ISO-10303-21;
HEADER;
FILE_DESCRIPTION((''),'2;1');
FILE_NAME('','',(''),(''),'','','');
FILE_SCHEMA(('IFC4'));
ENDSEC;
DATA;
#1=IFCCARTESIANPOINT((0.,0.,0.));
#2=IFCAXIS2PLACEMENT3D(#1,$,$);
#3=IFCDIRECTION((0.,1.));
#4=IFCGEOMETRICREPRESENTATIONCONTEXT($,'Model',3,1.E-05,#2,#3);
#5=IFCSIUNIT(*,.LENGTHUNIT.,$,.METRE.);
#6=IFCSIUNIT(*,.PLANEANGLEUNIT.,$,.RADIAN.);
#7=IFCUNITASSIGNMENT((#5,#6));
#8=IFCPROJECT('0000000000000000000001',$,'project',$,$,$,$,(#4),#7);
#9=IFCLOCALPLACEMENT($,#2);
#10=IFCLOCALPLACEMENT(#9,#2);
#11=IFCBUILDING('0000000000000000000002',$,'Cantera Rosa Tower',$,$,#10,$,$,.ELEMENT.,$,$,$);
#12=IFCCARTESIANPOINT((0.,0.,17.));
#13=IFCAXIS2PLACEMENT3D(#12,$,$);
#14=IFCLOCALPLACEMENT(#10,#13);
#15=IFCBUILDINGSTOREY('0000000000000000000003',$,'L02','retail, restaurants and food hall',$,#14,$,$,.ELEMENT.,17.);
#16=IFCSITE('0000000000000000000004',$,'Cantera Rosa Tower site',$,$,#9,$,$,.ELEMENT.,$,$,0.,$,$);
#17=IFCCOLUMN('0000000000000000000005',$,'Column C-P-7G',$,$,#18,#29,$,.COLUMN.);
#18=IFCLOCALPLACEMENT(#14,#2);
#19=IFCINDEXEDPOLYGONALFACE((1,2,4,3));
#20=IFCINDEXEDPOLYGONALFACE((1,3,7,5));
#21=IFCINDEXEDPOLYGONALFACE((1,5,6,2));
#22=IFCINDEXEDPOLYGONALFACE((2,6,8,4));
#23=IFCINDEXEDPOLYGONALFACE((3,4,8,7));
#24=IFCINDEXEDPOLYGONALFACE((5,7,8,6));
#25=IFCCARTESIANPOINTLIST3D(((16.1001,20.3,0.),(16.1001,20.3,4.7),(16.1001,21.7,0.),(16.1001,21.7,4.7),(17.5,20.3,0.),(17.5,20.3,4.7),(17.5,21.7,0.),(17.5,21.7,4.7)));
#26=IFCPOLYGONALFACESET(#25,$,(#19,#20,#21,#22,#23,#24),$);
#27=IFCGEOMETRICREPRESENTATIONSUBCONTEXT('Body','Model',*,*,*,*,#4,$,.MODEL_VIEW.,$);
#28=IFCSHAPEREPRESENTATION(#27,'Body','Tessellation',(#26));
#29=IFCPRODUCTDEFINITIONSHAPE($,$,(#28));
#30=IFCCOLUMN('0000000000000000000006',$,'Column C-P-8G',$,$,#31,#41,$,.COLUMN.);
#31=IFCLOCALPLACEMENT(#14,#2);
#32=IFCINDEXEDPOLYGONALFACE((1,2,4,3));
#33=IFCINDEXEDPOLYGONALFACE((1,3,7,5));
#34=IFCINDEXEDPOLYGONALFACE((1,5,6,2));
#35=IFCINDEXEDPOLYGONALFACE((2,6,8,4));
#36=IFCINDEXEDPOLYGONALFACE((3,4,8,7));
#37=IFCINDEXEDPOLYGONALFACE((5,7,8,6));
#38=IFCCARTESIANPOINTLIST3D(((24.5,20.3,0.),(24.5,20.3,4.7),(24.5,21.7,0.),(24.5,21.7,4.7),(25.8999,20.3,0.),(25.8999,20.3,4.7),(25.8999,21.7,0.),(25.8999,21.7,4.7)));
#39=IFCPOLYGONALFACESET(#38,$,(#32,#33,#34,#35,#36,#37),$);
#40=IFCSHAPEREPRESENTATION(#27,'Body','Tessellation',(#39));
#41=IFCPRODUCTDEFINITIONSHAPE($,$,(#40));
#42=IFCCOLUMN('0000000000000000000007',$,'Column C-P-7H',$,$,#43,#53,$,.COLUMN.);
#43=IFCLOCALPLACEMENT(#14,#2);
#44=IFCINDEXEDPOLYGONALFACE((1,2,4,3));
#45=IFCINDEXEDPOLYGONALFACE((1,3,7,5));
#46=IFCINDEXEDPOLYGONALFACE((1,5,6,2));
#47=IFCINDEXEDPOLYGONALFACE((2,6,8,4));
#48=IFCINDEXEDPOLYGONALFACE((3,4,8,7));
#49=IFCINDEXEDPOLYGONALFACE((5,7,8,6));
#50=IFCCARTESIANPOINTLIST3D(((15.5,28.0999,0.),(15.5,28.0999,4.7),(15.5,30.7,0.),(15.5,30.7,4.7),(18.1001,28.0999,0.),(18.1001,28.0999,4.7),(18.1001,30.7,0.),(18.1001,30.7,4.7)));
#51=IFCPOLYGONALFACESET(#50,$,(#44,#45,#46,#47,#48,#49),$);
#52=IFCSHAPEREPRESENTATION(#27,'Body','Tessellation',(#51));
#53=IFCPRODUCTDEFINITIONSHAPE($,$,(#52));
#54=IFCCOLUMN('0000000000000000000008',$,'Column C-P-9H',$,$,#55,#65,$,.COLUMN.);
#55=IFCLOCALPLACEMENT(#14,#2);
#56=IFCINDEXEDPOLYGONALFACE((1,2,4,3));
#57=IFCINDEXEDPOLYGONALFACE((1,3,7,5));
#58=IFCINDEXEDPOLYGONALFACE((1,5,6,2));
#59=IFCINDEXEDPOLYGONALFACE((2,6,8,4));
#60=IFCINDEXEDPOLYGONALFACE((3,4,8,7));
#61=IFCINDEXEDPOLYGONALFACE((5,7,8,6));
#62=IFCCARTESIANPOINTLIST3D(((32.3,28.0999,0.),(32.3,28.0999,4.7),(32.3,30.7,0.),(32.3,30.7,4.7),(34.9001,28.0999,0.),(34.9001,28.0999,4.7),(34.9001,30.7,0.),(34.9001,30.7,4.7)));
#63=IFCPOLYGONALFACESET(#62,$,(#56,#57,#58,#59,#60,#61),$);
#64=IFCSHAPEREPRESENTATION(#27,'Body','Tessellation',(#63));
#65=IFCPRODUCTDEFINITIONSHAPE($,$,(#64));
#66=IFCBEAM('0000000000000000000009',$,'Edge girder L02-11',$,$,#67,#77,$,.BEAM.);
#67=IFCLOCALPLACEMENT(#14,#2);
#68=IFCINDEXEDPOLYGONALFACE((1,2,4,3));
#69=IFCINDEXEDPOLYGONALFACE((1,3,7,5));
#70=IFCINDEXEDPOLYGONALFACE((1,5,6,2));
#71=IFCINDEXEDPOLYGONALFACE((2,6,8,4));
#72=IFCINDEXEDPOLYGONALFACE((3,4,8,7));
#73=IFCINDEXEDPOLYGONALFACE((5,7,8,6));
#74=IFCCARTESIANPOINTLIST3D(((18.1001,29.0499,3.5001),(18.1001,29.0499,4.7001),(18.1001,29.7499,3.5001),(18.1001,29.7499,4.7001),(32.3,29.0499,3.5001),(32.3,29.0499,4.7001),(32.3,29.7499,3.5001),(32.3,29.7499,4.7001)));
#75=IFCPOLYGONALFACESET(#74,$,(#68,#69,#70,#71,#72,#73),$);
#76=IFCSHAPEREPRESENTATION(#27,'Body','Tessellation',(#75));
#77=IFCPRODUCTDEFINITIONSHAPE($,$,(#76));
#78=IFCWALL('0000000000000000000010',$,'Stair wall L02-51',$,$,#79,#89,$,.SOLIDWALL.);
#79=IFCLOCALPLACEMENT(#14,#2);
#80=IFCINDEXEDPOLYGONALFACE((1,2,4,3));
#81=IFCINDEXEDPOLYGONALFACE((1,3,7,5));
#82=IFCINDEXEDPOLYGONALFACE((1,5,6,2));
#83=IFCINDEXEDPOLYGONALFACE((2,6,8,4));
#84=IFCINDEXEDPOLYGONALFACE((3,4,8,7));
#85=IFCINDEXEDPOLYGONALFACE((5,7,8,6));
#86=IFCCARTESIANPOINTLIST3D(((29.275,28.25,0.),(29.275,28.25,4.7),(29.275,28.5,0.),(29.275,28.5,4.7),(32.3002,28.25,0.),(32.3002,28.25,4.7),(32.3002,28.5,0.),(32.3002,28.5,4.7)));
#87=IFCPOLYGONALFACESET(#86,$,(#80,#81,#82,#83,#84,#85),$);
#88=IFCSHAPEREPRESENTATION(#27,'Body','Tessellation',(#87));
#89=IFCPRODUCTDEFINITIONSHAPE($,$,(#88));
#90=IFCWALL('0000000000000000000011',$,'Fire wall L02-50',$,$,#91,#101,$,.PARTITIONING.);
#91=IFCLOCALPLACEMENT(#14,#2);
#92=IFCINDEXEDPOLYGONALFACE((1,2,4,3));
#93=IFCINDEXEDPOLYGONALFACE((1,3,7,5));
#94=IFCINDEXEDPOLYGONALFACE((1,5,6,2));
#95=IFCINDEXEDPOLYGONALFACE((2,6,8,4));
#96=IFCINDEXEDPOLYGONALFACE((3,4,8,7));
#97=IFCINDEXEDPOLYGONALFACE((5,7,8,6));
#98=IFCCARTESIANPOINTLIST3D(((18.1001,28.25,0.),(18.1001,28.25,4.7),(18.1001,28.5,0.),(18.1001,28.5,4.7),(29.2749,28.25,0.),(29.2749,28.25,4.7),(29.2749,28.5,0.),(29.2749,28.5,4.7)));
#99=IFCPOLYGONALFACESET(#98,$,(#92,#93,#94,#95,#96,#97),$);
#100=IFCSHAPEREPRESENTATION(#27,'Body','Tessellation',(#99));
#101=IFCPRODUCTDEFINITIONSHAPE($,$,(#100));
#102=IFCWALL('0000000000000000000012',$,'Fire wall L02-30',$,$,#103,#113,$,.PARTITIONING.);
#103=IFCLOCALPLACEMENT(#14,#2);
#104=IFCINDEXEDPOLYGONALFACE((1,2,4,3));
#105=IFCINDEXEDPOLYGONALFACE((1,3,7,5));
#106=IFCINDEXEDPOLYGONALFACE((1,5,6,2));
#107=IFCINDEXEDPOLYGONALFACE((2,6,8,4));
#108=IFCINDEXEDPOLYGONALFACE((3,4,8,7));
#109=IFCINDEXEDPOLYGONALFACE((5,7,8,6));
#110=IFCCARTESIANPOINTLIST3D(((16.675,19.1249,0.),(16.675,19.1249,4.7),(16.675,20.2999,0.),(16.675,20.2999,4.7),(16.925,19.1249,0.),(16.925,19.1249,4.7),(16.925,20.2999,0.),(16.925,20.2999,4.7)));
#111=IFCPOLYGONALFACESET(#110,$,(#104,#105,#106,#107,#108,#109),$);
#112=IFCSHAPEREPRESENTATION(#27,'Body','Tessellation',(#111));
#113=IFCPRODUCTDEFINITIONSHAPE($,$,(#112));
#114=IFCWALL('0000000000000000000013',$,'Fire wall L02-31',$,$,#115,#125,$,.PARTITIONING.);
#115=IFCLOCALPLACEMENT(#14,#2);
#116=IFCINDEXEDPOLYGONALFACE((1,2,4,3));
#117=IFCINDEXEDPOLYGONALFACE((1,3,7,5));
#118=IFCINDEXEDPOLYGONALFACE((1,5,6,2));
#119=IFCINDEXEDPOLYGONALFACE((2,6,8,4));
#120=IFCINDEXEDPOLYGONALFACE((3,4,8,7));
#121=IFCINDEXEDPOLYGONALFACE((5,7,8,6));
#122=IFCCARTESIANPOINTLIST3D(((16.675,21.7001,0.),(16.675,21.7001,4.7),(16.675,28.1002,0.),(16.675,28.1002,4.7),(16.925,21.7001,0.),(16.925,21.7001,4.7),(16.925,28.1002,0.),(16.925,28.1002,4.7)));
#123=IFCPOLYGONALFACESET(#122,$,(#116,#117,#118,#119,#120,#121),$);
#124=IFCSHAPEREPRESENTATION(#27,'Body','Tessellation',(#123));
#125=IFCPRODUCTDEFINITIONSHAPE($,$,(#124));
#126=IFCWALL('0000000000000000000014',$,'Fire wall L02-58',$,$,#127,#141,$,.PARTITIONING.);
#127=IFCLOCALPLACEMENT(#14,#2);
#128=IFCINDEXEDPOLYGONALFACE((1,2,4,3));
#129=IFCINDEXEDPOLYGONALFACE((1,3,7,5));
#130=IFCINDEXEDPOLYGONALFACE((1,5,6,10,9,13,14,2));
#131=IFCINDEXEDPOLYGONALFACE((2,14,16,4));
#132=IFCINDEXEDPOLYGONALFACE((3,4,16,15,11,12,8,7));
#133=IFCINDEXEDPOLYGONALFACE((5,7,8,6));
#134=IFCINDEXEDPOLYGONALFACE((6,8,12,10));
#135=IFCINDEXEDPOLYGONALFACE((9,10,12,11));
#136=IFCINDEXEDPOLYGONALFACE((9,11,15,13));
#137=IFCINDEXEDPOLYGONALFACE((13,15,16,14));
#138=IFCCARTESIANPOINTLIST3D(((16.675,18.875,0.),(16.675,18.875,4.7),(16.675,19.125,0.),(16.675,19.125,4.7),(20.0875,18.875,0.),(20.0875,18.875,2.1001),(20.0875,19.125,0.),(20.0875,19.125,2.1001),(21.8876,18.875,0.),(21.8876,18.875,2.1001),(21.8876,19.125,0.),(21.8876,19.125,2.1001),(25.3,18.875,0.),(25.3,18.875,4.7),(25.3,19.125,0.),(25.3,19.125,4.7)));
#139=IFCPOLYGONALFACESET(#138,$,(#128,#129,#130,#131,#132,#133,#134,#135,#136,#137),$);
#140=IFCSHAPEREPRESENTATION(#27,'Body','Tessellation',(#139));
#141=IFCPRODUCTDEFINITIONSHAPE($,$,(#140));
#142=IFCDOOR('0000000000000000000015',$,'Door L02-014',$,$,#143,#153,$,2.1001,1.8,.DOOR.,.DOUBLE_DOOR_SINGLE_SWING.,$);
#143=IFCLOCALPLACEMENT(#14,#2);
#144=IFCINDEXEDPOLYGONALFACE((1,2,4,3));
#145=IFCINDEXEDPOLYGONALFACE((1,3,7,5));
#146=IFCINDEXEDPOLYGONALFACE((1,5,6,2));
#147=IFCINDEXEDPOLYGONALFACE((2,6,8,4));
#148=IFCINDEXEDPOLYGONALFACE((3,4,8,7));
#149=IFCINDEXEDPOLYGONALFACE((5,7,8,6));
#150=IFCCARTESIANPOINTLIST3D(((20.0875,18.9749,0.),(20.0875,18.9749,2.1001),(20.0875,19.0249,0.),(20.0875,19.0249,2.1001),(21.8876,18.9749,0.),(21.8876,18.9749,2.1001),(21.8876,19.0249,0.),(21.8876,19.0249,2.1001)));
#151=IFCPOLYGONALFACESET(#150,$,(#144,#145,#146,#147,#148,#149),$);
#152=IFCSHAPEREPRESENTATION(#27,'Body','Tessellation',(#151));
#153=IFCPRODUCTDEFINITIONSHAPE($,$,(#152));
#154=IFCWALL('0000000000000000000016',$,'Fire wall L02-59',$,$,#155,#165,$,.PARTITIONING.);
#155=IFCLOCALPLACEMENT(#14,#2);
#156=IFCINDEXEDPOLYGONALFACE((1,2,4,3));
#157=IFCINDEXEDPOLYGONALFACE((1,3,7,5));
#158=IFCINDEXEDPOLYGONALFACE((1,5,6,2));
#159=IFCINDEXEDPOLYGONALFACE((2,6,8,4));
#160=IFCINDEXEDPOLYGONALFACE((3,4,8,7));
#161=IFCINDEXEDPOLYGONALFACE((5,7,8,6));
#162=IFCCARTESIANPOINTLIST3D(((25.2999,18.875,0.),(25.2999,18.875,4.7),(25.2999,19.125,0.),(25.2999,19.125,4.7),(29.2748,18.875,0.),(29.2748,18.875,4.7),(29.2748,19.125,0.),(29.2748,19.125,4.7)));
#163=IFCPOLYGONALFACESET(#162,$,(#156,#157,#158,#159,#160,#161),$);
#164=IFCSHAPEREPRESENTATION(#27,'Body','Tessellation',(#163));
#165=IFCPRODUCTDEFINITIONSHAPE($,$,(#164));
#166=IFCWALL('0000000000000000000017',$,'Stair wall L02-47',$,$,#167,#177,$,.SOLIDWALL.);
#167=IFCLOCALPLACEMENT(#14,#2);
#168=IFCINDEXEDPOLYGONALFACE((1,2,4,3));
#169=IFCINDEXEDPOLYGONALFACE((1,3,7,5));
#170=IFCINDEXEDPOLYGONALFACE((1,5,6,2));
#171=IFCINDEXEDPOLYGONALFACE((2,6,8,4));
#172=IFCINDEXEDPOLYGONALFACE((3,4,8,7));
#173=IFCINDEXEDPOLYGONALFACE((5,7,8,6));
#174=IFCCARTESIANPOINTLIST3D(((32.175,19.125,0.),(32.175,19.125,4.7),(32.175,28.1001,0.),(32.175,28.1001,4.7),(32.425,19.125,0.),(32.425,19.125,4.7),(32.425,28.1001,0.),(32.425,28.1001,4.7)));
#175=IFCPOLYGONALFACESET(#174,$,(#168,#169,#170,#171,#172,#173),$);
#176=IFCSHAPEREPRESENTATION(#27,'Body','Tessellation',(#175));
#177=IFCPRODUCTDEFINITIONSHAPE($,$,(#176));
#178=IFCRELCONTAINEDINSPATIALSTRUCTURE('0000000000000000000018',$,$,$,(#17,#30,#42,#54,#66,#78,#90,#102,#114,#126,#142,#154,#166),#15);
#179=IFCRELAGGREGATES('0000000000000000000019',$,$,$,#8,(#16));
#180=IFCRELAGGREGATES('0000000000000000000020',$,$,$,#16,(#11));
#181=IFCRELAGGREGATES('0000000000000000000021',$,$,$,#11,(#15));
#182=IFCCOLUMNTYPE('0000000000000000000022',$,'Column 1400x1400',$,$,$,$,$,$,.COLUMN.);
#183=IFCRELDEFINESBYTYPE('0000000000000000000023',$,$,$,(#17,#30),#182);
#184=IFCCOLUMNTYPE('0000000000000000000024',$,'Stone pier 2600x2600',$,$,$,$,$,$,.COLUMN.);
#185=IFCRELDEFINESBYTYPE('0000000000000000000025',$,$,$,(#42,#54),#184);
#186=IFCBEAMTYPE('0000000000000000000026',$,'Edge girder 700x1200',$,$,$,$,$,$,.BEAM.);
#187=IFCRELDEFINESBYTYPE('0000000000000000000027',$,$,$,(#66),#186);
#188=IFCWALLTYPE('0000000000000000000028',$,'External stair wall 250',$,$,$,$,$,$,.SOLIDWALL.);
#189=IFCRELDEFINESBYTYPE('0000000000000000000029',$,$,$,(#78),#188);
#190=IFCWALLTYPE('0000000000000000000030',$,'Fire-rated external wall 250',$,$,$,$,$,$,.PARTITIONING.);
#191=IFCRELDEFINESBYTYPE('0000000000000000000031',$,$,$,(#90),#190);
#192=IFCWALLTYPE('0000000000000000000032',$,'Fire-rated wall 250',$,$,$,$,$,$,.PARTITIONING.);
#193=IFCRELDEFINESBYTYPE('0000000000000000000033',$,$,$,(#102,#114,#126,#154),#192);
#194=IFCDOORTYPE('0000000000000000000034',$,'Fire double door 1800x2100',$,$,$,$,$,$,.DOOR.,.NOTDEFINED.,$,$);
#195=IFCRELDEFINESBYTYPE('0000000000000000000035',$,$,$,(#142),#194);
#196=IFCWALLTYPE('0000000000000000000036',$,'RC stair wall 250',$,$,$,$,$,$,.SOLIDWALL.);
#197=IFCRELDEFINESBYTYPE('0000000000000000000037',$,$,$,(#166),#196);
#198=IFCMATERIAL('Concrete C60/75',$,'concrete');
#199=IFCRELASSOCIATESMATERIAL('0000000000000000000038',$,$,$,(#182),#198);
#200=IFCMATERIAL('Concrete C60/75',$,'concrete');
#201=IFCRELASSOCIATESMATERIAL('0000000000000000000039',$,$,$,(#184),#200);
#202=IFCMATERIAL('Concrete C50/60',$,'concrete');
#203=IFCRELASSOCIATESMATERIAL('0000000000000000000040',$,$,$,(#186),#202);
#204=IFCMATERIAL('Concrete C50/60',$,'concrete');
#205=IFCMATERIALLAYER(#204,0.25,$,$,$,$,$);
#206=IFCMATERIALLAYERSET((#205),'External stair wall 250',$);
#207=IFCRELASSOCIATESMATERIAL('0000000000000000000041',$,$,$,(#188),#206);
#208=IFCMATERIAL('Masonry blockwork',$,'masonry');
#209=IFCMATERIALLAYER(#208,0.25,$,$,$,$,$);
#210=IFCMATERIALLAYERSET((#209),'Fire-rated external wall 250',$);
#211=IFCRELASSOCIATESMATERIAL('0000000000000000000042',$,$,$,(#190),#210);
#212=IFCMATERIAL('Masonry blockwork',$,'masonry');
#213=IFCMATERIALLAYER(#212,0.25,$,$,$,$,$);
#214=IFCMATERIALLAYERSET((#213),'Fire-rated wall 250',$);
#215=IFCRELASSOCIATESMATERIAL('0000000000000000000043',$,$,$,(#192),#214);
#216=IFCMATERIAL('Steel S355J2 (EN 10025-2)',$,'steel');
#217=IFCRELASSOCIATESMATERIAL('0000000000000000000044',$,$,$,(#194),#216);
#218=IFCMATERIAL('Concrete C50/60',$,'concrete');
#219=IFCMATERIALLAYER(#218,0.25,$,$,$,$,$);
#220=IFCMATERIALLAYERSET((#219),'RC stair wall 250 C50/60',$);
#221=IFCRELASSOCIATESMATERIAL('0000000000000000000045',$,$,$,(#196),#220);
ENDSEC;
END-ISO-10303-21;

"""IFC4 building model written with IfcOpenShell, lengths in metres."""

from ifc_helpers import new_model, si_unit, direction, frame, frame_2d, origin, origin_2d, place, context, subcontext, project, spatial, rectangle, extrude, material, layer, layer_set, material_profile, profile_set, type_object, element, fill, save


model = new_model("IFC4")

# Units and contexts
model_context = context("Model", 3, precision=1e-05, world=origin(), true_north=direction((0.0, 1.0)))
body_context = subcontext(model_context, "Body", "Model", "MODEL_VIEW")
ifc_project = project(units=[si_unit("LENGTHUNIT", "METRE"), si_unit("PLANEANGLEUNIT", "RADIAN")], contexts=[model_context])

# Site, building, storey
site_placement = place(None, origin())
site = spatial("IfcSite", under=ifc_project, at=site_placement, Name="Cantera Rosa Tower site", CompositionType="ELEMENT", RefElevation=0.0)
building_placement = place(site_placement, origin())
building = spatial("IfcBuilding", under=site, at=building_placement, Name="Cantera Rosa Tower", CompositionType="ELEMENT")
storey_placement = place(building_placement, frame((0.0, 0.0, 17.0)))
storey = spatial("IfcBuildingStorey", under=building, at=storey_placement, Name="L02", Description="retail, restaurants and food hall", CompositionType="ELEMENT", Elevation=17.0)

# Columns
ifc_material_1 = material(Name="Concrete C60/75", Category="concrete")
ifc_material_profile_1 = material_profile(ifc_material_1, rectangle(XDim=1.3999, YDim=1.3999, at=origin_2d()), Name="Column 1400x1400")
ifc_profile_set_1 = profile_set([ifc_material_profile_1], Name="Concrete C60/75")
column_type_1 = type_object("IfcColumnType", Name="Column 1400x1400", PredefinedType="COLUMN", material=ifc_profile_set_1)
for number, where, z_axis, x_axis, name in (
    (1, (16.8, 21.0, 0.0), (0.0, 0.0, 1.0), (1.0, 0.0, 0.0), "Column C-P-7G"),
    (2, (25.2, 21.0, 0.0), (0.0, 0.0, 1.0), (1.0, 0.0, 0.0), "Column C-P-8G"),
):
    element("IfcColumn", number, at=place(storey_placement, frame(where, z_axis=z_axis, x_axis=x_axis)), inside=storey, type_object=column_type_1, Name=name, PredefinedType="COLUMN", context=body_context, shape_type="SweptSolid", body=[
        extrude(rectangle(XDim=1.3999, YDim=1.3999, at=origin_2d()), origin(), (0.0, 0.0, 1.0), 4.7),
    ])
ifc_material_2 = material(Name="Concrete C60/75", Category="concrete")
ifc_material_profile_2 = material_profile(ifc_material_2, rectangle(XDim=2.6001, YDim=2.6001, at=origin_2d()), Name="Stone pier 2600x2600")
ifc_profile_set_2 = profile_set([ifc_material_profile_2], Name="Concrete C60/75")
column_type_2 = type_object("IfcColumnType", Name="Stone pier 2600x2600", PredefinedType="COLUMN", material=ifc_profile_set_2)
for number, where, z_axis, x_axis, name in (
    (3, (16.8, 29.3999, 0.0), (0.0, 0.0, 1.0), (1.0, 0.0, 0.0), "Column C-P-7H"),
    (4, (33.6001, 29.3999, 0.0), (0.0, 0.0, 1.0), (1.0, 0.0, 0.0), "Column C-P-9H"),
):
    element("IfcColumn", number, at=place(storey_placement, frame(where, z_axis=z_axis, x_axis=x_axis)), inside=storey, type_object=column_type_2, Name=name, PredefinedType="COLUMN", context=body_context, shape_type="SweptSolid", body=[
        extrude(rectangle(XDim=2.6001, YDim=2.6001, at=origin_2d()), origin(), (0.0, 0.0, 1.0), 4.7),
    ])

# Beam
ifc_material_3 = material(Name="Concrete C50/60", Category="concrete")
ifc_material_profile_3 = material_profile(ifc_material_3, rectangle(XDim=0.7, YDim=1.2, at=origin_2d()), Name="Edge girder 700x1200")
ifc_profile_set_3 = profile_set([ifc_material_profile_3], Name="Concrete C50/60")
beam_type = type_object("IfcBeamType", Name="Edge girder 700x1200", PredefinedType="BEAM", material=ifc_profile_set_3)
beam_placement = place(storey_placement, frame((18.1001, 29.3999, 4.1001), z_axis=(1.0, 0.0, 0.0), x_axis=(0.0, 1.0, 0.0)))
element("IfcBeam", 5, at=beam_placement, inside=storey, type_object=beam_type, Name="Edge girder L02-11", PredefinedType="BEAM", context=body_context, shape_type="SweptSolid", body=[
    extrude(rectangle(XDim=0.7, YDim=1.2, at=origin_2d()), origin(), (0.0, 0.0, 1.0), 14.2),
])

# Walls
ifc_material_4 = material(Name="Concrete C50/60", Category="concrete")
ifc_layer_1 = layer(ifc_material_4, 0.25)
ifc_layer_set_1 = layer_set([ifc_layer_1], Name="External stair wall 250")
wall_type_1 = type_object("IfcWallType", Name="External stair wall 250", PredefinedType="SOLIDWALL", material=ifc_layer_set_1)
wall_1_placement = place(storey_placement, frame((29.2749, 28.375, 0.0), z_axis=(0.0, 0.0, 1.0), x_axis=(1.0, 0.0, 0.0)))
element("IfcWall", 6, at=wall_1_placement, inside=storey, type_object=wall_type_1, Name="Stair wall L02-51", PredefinedType="SOLIDWALL", context=body_context, shape_type="SweptSolid", body=[
    extrude(rectangle(XDim=3.0251, YDim=0.25, at=frame_2d((1.5127, 0.0))), origin(), (0.0, 0.0, 1.0), 4.7),
])
ifc_material_5 = material(Name="Masonry blockwork", Category="masonry")
ifc_layer_2 = layer(ifc_material_5, 0.25)
ifc_layer_set_2 = layer_set([ifc_layer_2], Name="Fire-rated external wall 250")
wall_type_2 = type_object("IfcWallType", Name="Fire-rated external wall 250", PredefinedType="PARTITIONING", material=ifc_layer_set_2)
wall_2_placement = place(storey_placement, frame((18.1001, 28.375, 0.0), z_axis=(0.0, 0.0, 1.0), x_axis=(1.0, 0.0, 0.0)))
element("IfcWall", 7, at=wall_2_placement, inside=storey, type_object=wall_type_2, Name="Fire wall L02-50", PredefinedType="PARTITIONING", context=body_context, shape_type="SweptSolid", body=[
    extrude(rectangle(XDim=11.1748, YDim=0.25, at=frame_2d((5.5874, 0.0))), origin(), (0.0, 0.0, 1.0), 4.7),
])
ifc_material_6 = material(Name="Masonry blockwork", Category="masonry")
ifc_layer_3 = layer(ifc_material_6, 0.25)
ifc_layer_set_3 = layer_set([ifc_layer_3], Name="Fire-rated wall 250")
wall_type_3 = type_object("IfcWallType", Name="Fire-rated wall 250", PredefinedType="PARTITIONING", material=ifc_layer_set_3)
wall_3_placement = place(storey_placement, frame((16.8, 19.125, 0.0), z_axis=(0.0, 0.0, 1.0), x_axis=(0.0, 1.0, 0.0)))
element("IfcWall", 8, at=wall_3_placement, inside=storey, type_object=wall_type_3, Name="Fire wall L02-30", PredefinedType="PARTITIONING", context=body_context, shape_type="SweptSolid", body=[
    extrude(rectangle(XDim=1.175, YDim=0.25, at=frame_2d((0.5874, 0.0))), origin(), (0.0, 0.0, 1.0), 4.7),
])
wall_4_placement = place(storey_placement, frame((16.8, 21.7, 0.0), z_axis=(0.0, 0.0, 1.0), x_axis=(0.0, 1.0, 0.0)))
element("IfcWall", 9, at=wall_4_placement, inside=storey, type_object=wall_type_3, Name="Fire wall L02-31", PredefinedType="PARTITIONING", context=body_context, shape_type="SweptSolid", body=[
    extrude(rectangle(XDim=6.4001, YDim=0.25, at=frame_2d((3.2002, 0.0))), origin(), (0.0, 0.0, 1.0), 4.7),
])

# Wall, opening, door
wall_5_placement = place(storey_placement, frame((16.675, 19.0, 0.0), z_axis=(0.0, 0.0, 1.0), x_axis=(1.0, 0.0, 0.0)))
wall_5 = element("IfcWall", 10, at=wall_5_placement, inside=storey, type_object=wall_type_3, Name="Fire wall L02-58", PredefinedType="PARTITIONING", context=body_context, shape_type="SweptSolid", body=[
    extrude(rectangle(XDim=8.625, YDim=0.25, at=frame_2d((4.3125, 0.0))), origin(), (0.0, 0.0, 1.0), 4.7),
])
opening_1_placement = place(wall_5_placement, frame((3.4126, 0.0, 0.0)))
opening_1 = element("IfcOpeningElement", 11, at=opening_1_placement, cuts=wall_5, PredefinedType="OPENING", context=body_context, shape_type="SweptSolid", body=[
    extrude(rectangle(XDim=1.8, YDim=2.1001, at=frame_2d((0.8999, 1.05))), frame((0.0, 0.135, 0.0), z_axis=(0.0, -1.0, 0.0), x_axis=(1.0, 0.0, 0.0)), (0.0, 0.0, 1.0), 0.27),
])
ifc_material_7 = material(Name="Steel S355J2 (EN 10025-2)", Category="steel")
door_type_1 = type_object("IfcDoorType", Name="Fire double door 1800x2100", OperationType="NOTDEFINED", PredefinedType="DOOR", material=ifc_material_7)
door_1_placement = place(opening_1_placement, origin())
door_1 = element("IfcDoor", 12, at=door_1_placement, inside=storey, type_object=door_type_1, Name="Door L02-014", OperationType="DOUBLE_DOOR_SINGLE_SWING", OverallHeight=2.1001, OverallWidth=1.8, PredefinedType="DOOR", context=body_context, shape_type="SweptSolid", body=[
    extrude(rectangle(XDim=1.8, YDim=2.1001, at=frame_2d((0.8999, 1.05))), frame((0.0, 0.0249, 0.0), z_axis=(0.0, -1.0, 0.0), x_axis=(1.0, 0.0, 0.0)), (0.0, 0.0, 1.0), 0.05),
])
fill(opening_1, door_1)

# Walls
wall_6_placement = place(storey_placement, frame((25.3, 19.0, 0.0), z_axis=(0.0, 0.0, 1.0), x_axis=(1.0, 0.0, 0.0)))
element("IfcWall", 13, at=wall_6_placement, inside=storey, type_object=wall_type_3, Name="Fire wall L02-59", PredefinedType="PARTITIONING", context=body_context, shape_type="SweptSolid", body=[
    extrude(rectangle(XDim=3.9749, YDim=0.25, at=frame_2d((1.9873, 0.0))), origin(), (0.0, 0.0, 1.0), 4.7),
])
ifc_material_8 = material(Name="Concrete C50/60", Category="concrete")
ifc_layer_4 = layer(ifc_material_8, 0.25)
ifc_layer_set_4 = layer_set([ifc_layer_4], Name="RC stair wall 250 C50/60")
wall_type_4 = type_object("IfcWallType", Name="RC stair wall 250", PredefinedType="SOLIDWALL", material=ifc_layer_set_4)
wall_7_placement = place(storey_placement, frame((32.3, 19.125, 0.0), z_axis=(0.0, 0.0, 1.0), x_axis=(0.0, 1.0, 0.0)))
element("IfcWall", 14, at=wall_7_placement, inside=storey, type_object=wall_type_4, Name="Stair wall L02-47", PredefinedType="SOLIDWALL", context=body_context, shape_type="SweptSolid", body=[
    extrude(rectangle(XDim=8.9751, YDim=0.25, at=frame_2d((4.4875, 0.0))), origin(), (0.0, 0.0, 1.0), 4.7),
])

save(model, "model.ifc")
